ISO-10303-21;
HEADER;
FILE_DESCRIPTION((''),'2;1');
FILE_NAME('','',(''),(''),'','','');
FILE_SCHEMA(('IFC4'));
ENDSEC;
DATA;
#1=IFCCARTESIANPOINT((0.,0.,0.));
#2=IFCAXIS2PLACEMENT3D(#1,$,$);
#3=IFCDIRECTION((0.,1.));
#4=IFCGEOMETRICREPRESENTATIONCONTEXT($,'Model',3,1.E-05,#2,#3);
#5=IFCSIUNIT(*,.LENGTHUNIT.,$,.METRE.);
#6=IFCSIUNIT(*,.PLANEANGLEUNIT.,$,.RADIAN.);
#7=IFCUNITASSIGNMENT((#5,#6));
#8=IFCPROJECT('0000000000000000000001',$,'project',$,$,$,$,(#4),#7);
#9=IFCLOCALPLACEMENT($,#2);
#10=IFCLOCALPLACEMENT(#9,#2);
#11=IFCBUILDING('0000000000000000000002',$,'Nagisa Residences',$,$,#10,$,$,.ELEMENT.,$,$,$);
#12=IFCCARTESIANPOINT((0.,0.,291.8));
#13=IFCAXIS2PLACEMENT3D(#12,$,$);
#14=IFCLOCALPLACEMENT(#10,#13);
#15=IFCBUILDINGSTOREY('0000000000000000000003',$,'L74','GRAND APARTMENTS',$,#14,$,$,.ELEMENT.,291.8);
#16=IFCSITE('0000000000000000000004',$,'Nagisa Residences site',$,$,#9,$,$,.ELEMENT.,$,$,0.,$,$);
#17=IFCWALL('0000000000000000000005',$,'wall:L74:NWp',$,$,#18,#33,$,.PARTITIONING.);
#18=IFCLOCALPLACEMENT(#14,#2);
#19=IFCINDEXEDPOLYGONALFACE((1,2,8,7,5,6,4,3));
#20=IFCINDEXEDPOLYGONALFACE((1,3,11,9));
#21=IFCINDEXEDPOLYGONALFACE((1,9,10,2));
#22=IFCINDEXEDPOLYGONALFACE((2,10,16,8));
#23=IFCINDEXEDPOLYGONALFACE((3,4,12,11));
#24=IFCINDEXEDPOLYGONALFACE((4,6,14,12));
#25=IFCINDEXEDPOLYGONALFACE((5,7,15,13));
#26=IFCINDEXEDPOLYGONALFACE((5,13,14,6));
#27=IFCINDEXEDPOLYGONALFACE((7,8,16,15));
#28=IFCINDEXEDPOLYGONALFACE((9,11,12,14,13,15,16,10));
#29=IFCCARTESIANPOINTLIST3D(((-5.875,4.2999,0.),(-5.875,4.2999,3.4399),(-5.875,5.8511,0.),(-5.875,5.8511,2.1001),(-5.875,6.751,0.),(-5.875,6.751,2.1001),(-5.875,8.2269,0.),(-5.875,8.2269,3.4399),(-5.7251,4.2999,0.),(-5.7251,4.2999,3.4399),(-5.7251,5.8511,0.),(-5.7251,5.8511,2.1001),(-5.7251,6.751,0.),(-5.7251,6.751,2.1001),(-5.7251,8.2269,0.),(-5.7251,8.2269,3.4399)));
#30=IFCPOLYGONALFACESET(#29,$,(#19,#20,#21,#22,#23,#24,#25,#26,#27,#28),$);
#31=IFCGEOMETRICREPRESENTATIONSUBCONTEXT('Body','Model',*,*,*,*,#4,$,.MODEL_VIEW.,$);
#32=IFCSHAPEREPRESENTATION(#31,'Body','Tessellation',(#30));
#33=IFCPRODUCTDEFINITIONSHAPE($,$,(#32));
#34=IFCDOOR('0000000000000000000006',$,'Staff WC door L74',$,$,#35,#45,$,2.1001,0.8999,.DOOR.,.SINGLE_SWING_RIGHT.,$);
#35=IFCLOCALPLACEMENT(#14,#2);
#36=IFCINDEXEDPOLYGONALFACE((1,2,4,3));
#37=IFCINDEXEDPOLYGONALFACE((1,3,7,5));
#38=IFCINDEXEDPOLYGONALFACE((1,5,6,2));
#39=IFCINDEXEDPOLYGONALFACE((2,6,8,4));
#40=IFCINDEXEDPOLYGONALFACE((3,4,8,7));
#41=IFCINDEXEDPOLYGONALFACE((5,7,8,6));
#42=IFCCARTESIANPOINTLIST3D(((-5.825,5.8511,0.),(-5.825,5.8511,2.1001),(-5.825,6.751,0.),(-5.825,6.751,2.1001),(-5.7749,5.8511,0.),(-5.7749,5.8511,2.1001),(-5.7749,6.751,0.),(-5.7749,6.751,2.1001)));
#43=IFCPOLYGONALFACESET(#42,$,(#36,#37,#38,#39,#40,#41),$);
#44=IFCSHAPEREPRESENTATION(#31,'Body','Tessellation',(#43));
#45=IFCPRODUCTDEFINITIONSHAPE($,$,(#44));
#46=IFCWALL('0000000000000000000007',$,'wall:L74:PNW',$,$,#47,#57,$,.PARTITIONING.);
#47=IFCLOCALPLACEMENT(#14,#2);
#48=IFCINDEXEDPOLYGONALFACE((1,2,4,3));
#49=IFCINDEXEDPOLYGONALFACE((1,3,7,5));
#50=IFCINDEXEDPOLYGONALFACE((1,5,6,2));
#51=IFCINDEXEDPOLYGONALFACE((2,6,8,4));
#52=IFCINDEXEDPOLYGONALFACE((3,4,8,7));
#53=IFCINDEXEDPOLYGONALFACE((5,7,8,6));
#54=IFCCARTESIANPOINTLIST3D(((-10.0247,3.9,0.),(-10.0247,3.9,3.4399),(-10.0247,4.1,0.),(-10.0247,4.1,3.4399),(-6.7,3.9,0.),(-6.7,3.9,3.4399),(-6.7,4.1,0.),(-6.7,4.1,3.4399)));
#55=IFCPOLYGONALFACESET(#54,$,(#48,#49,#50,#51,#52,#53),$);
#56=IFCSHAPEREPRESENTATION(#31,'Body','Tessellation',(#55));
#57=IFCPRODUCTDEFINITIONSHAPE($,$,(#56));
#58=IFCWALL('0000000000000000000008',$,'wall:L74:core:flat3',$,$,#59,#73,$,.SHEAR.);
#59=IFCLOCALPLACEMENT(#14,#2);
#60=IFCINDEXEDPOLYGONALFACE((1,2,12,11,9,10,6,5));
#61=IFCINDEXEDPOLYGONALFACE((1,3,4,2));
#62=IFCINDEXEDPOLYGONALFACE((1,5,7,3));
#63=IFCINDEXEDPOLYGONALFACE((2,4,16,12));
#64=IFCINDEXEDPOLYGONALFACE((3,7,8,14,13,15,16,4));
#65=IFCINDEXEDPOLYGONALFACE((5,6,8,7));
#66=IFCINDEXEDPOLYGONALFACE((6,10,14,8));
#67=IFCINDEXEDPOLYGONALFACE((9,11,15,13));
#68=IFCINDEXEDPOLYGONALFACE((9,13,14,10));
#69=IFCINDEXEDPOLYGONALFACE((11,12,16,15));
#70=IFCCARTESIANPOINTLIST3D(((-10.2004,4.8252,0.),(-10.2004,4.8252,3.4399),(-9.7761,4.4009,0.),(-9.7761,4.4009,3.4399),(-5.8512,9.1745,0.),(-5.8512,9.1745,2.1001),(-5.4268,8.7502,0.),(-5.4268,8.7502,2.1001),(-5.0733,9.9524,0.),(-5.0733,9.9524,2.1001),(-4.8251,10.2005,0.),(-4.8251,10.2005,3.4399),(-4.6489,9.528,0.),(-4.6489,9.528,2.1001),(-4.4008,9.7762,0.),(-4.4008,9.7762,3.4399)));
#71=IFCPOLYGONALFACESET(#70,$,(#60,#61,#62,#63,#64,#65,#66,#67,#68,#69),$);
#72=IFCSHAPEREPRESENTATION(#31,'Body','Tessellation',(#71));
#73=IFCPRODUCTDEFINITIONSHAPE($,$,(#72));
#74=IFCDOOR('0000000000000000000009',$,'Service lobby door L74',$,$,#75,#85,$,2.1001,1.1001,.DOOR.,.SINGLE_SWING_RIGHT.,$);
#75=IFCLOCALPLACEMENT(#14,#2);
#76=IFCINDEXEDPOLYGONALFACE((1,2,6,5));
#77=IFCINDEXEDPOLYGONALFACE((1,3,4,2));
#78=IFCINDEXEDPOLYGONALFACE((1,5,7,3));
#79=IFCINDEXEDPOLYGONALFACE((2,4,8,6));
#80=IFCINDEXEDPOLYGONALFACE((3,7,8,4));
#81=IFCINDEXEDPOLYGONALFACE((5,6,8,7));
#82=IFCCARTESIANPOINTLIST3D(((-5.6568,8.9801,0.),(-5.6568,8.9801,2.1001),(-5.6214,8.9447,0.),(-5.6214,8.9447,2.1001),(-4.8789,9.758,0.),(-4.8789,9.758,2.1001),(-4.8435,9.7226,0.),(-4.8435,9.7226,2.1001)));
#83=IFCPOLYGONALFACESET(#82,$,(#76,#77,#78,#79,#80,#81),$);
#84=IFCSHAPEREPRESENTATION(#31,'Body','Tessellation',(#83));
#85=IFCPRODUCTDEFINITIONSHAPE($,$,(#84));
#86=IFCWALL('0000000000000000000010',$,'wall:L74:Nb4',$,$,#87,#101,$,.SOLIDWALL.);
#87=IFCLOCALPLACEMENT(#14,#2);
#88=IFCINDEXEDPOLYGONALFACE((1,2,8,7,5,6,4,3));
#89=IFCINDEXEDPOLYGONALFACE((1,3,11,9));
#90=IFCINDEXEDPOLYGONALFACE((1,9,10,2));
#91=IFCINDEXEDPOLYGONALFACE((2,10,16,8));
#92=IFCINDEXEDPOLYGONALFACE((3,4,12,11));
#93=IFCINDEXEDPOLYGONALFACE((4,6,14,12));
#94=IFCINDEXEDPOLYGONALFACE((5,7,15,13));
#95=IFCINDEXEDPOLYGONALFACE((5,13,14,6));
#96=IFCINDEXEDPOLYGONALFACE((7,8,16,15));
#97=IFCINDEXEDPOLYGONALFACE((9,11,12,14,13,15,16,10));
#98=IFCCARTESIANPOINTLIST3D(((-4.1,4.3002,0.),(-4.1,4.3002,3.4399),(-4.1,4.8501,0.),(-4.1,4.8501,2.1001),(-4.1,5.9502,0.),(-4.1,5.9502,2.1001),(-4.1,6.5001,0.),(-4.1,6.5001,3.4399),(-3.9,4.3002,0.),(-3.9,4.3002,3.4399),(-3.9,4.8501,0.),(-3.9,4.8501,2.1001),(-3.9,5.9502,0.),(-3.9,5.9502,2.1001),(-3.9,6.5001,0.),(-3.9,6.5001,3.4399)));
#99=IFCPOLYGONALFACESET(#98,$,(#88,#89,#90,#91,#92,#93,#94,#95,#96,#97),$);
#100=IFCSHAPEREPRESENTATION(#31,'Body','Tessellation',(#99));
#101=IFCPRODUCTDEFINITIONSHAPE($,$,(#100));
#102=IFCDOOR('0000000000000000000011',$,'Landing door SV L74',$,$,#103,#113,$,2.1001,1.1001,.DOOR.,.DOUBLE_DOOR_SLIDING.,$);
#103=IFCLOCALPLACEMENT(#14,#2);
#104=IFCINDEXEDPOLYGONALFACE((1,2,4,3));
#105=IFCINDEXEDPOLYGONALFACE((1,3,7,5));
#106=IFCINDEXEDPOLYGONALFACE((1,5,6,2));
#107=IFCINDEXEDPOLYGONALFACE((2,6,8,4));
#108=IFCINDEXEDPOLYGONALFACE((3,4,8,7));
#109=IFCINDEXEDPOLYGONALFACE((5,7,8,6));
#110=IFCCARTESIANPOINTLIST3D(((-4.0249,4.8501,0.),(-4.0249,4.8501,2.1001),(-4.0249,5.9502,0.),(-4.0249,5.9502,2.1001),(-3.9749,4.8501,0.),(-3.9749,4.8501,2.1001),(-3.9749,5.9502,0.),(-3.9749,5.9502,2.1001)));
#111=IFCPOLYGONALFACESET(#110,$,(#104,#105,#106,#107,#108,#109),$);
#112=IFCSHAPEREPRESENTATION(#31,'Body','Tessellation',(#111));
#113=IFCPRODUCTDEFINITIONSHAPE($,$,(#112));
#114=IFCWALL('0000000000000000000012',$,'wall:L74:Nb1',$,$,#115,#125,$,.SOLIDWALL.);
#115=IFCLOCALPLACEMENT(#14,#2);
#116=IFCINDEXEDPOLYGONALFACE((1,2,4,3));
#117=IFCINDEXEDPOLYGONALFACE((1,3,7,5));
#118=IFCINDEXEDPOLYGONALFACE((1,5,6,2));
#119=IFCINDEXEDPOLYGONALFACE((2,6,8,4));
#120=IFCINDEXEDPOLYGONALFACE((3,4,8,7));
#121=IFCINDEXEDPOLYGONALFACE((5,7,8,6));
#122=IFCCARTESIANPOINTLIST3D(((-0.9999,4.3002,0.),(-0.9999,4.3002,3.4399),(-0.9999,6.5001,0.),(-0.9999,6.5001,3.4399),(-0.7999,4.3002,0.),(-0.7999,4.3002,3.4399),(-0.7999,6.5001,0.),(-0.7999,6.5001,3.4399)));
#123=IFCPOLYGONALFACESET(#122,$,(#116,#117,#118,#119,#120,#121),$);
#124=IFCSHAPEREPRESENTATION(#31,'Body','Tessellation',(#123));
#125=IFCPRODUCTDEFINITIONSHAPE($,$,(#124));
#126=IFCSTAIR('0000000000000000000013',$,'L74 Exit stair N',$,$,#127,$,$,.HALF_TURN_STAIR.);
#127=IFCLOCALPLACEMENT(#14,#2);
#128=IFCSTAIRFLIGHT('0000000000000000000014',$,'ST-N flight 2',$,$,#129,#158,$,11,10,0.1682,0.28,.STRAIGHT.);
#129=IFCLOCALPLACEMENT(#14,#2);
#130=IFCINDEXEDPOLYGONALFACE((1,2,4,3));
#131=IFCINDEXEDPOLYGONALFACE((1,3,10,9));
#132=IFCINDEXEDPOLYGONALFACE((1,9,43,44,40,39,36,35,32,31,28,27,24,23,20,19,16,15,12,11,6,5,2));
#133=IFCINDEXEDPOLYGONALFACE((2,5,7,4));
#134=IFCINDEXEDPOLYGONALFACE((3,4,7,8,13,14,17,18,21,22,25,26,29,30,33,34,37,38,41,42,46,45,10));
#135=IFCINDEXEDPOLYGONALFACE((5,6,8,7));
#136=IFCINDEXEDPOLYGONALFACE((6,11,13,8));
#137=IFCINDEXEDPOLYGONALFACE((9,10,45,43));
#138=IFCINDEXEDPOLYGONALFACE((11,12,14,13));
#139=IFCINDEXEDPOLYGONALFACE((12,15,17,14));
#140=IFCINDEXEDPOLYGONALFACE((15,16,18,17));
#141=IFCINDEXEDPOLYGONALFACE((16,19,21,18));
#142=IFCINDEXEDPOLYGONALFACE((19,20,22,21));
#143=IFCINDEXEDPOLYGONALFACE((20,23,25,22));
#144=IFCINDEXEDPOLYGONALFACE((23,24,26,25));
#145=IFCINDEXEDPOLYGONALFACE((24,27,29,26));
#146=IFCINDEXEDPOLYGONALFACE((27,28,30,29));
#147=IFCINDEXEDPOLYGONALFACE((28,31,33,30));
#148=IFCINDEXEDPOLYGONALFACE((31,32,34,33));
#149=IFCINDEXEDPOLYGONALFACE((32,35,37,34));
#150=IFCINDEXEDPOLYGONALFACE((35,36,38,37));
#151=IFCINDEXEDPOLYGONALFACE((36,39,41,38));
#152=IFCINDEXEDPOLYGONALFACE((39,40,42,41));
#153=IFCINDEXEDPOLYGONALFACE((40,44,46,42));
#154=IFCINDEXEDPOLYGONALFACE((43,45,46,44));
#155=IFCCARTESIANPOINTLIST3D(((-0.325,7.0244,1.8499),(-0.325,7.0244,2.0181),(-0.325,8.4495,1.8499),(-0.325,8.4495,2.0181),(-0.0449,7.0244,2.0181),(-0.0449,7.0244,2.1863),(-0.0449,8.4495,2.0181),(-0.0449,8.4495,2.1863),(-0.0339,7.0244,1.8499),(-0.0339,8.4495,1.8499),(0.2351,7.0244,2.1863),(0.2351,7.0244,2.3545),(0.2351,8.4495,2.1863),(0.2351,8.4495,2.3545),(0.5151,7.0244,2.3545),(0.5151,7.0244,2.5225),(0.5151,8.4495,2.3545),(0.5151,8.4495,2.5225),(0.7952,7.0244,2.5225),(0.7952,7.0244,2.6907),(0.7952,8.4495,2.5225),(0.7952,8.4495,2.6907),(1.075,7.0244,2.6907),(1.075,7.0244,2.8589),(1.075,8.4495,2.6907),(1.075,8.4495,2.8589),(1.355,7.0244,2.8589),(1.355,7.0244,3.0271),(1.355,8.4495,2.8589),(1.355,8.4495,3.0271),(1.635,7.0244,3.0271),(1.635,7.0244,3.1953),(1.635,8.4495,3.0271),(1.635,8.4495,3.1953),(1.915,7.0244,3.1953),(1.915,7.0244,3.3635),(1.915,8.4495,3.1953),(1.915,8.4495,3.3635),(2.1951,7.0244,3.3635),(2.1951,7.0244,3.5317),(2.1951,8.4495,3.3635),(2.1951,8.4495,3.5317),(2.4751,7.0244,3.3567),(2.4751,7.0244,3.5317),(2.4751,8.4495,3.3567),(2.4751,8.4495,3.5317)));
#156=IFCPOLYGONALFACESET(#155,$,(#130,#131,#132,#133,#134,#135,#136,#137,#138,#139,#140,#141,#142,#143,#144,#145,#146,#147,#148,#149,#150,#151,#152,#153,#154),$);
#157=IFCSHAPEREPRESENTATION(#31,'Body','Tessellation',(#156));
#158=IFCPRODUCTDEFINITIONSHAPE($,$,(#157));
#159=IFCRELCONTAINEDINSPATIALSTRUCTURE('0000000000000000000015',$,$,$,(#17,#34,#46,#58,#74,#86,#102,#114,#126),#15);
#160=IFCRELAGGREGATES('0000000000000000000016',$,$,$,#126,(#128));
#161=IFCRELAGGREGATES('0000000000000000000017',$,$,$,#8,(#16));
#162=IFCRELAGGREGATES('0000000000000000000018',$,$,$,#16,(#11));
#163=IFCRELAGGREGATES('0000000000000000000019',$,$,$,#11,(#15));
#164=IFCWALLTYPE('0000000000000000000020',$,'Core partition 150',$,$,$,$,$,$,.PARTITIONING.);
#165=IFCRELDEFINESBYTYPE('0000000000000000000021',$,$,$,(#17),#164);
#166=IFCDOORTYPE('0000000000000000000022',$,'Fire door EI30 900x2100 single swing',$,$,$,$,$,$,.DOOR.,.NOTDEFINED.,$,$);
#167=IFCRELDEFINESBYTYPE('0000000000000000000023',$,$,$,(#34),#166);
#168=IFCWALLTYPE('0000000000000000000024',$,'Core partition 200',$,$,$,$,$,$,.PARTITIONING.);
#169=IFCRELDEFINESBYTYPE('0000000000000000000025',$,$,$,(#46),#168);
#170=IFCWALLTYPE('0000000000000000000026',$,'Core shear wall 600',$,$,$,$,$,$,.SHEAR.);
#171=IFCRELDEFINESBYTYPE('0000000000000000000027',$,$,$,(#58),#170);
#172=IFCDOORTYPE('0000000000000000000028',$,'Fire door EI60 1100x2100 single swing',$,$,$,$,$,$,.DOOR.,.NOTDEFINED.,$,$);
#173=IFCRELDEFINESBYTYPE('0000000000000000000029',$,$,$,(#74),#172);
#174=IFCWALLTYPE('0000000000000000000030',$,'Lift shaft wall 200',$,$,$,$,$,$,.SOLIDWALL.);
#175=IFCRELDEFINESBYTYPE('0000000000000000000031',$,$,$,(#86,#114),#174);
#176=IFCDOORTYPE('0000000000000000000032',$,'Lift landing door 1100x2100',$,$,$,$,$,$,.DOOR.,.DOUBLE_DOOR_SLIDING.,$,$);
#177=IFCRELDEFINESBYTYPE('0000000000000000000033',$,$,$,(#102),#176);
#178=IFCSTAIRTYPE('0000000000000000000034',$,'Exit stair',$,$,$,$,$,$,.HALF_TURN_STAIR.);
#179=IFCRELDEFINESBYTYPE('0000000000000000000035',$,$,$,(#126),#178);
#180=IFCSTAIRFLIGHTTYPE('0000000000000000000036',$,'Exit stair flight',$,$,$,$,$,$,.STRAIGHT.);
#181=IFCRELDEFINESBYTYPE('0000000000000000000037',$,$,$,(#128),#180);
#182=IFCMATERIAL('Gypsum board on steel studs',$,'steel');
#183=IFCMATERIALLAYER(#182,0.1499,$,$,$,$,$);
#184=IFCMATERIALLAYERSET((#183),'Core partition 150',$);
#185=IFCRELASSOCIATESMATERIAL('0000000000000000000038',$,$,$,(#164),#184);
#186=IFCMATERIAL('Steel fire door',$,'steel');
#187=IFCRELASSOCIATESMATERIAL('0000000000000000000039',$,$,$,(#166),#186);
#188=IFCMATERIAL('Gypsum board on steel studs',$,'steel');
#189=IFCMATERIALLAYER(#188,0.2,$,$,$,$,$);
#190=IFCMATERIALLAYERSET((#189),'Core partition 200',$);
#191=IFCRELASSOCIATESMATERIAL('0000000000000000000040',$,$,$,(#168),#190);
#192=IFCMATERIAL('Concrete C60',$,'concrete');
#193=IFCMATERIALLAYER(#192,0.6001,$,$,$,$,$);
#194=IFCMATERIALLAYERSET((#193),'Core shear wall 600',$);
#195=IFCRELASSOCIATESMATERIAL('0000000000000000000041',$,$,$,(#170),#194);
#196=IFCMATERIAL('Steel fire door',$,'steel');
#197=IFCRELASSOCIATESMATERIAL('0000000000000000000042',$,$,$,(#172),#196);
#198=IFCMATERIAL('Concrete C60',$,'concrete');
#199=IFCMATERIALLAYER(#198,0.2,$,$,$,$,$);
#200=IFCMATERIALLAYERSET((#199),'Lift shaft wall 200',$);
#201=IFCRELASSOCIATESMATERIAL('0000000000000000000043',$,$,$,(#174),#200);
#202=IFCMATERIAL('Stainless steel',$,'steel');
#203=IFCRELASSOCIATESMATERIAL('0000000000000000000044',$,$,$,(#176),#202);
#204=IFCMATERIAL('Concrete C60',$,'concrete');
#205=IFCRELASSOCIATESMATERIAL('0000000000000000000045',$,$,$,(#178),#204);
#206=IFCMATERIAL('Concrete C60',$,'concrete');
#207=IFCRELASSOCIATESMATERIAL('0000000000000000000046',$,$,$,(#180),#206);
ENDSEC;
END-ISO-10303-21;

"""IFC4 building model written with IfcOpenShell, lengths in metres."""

from ifc_helpers import new_model, si_unit, direction, frame, frame_2d, origin, place, context, subcontext, project, spatial, polyline, rectangle, outline, extrude, material, layer, layer_set, type_object, element, fill, aggregate, save


model = new_model("IFC4")

# Units and contexts
model_context = context("Model", 3, precision=1e-05, world=origin(), true_north=direction((0.0, 1.0)))
body_context = subcontext(model_context, "Body", "Model", "MODEL_VIEW")
ifc_project = project(units=[si_unit("LENGTHUNIT", "METRE"), si_unit("PLANEANGLEUNIT", "RADIAN")], contexts=[model_context])

# Site, building, storey
site_placement = place(None, origin())
site = spatial("IfcSite", under=ifc_project, at=site_placement, Name="Nagisa Residences site", CompositionType="ELEMENT", RefElevation=0.0)
building_placement = place(site_placement, origin())
building = spatial("IfcBuilding", under=site, at=building_placement, Name="Nagisa Residences", CompositionType="ELEMENT")
storey_placement = place(building_placement, frame((0.0, 0.0, 291.8)))
storey = spatial("IfcBuildingStorey", under=building, at=storey_placement, Name="L74", Description="GRAND APARTMENTS", CompositionType="ELEMENT", Elevation=291.8)

# Wall, opening, door
ifc_material_1 = material(Name="Gypsum board on steel studs", Category="steel")
ifc_layer_1 = layer(ifc_material_1, 0.1499)
ifc_layer_set_1 = layer_set([ifc_layer_1], Name="Core partition 150")
wall_type_1 = type_object("IfcWallType", Name="Core partition 150", PredefinedType="PARTITIONING", material=ifc_layer_set_1)
wall_1_placement = place(storey_placement, frame((-5.8, 4.3, 0.0), z_axis=(0.0, 0.0, 1.0), x_axis=(0.0, 1.0, 0.0)))
wall_1 = element("IfcWall", 1, at=wall_1_placement, inside=storey, type_object=wall_type_1, Name="wall:L74:NWp", PredefinedType="PARTITIONING", context=body_context, shape_type="SweptSolid", body=[
    extrude(rectangle(XDim=3.927, YDim=0.1499, at=frame_2d((1.9634, 0.0))), origin(), (0.0, 0.0, 1.0), 3.4399),
])
opening_1_placement = place(wall_1_placement, frame((1.551, 0.0, 0.0)))
opening_1 = element("IfcOpeningElement", 2, at=opening_1_placement, cuts=wall_1, PredefinedType="OPENING", context=body_context, shape_type="SweptSolid", body=[
    extrude(rectangle(XDim=0.8999, YDim=2.1001, at=frame_2d((0.45, 1.05))), frame((0.0, 0.085, 0.0), z_axis=(0.0, -1.0, 0.0), x_axis=(1.0, 0.0, 0.0)), (0.0, 0.0, 1.0), 0.1699),
])
ifc_material_2 = material(Name="Steel fire door", Category="steel")
door_type_1 = type_object("IfcDoorType", Name="Fire door EI30 900x2100 single swing", OperationType="NOTDEFINED", PredefinedType="DOOR", material=ifc_material_2)
door_1_placement = place(opening_1_placement, origin())
door_1 = element("IfcDoor", 3, at=door_1_placement, inside=storey, type_object=door_type_1, Name="Staff WC door L74", OperationType="SINGLE_SWING_RIGHT", OverallHeight=2.1001, OverallWidth=0.8999, PredefinedType="DOOR", context=body_context, shape_type="SweptSolid", body=[
    extrude(rectangle(XDim=0.8999, YDim=2.1001, at=frame_2d((0.45, 1.05))), frame((0.0, 0.0249, 0.0), z_axis=(0.0, -1.0, 0.0), x_axis=(1.0, 0.0, 0.0)), (0.0, 0.0, 1.0), 0.05),
])
fill(opening_1, door_1)

# Wall
ifc_material_3 = material(Name="Gypsum board on steel studs", Category="steel")
ifc_layer_2 = layer(ifc_material_3, 0.2)
ifc_layer_set_2 = layer_set([ifc_layer_2], Name="Core partition 200")
wall_type_2 = type_object("IfcWallType", Name="Core partition 200", PredefinedType="PARTITIONING", material=ifc_layer_set_2)
wall_2_placement = place(storey_placement, frame((-10.0247, 4.0, 0.0), z_axis=(0.0, 0.0, 1.0), x_axis=(1.0, 0.0, 0.0)))
element("IfcWall", 4, at=wall_2_placement, inside=storey, type_object=wall_type_2, Name="wall:L74:PNW", PredefinedType="PARTITIONING", context=body_context, shape_type="SweptSolid", body=[
    extrude(rectangle(XDim=3.3247, YDim=0.2, at=frame_2d((1.6624, 0.0))), origin(), (0.0, 0.0, 1.0), 3.4399),
])

# Walls, openings, doors
ifc_material_4 = material(Name="Concrete C60", Category="concrete")
ifc_layer_3 = layer(ifc_material_4, 0.6001)
ifc_layer_set_3 = layer_set([ifc_layer_3], Name="Core shear wall 600")
wall_type_3 = type_object("IfcWallType", Name="Core shear wall 600", PredefinedType="SHEAR", material=ifc_layer_set_3)
wall_3_placement = place(storey_placement, frame((-4.613, 9.9883, 0.0), z_axis=(0.0, 0.0, 1.0), x_axis=(-0.707107, -0.707107, 0.0)))
wall_3 = element("IfcWall", 5, at=wall_3_placement, inside=storey, type_object=wall_type_3, Name="wall:L74:core:flat3", PredefinedType="SHEAR", context=body_context, shape_type="SweptSolid", body=[
    extrude(rectangle(XDim=7.6018, YDim=0.6001, at=frame_2d((3.8008, 0.0))), origin(), (0.0, 0.0, 1.0), 3.4399),
])
opening_2_placement = place(wall_3_placement, frame((0.3508, 0.0, 0.0)))
opening_2 = element("IfcOpeningElement", 6, at=opening_2_placement, cuts=wall_3, PredefinedType="OPENING", context=body_context, shape_type="SweptSolid", body=[
    extrude(rectangle(XDim=1.1001, YDim=2.1001, at=frame_2d((0.55, 1.05))), frame((0.0, 0.3101, 0.0), z_axis=(0.0, -1.0, 0.0), x_axis=(1.0, 0.0, 0.0)), (0.0, 0.0, 1.0), 0.6201),
])
ifc_material_5 = material(Name="Steel fire door", Category="steel")
door_type_2 = type_object("IfcDoorType", Name="Fire door EI60 1100x2100 single swing", OperationType="NOTDEFINED", PredefinedType="DOOR", material=ifc_material_5)
door_2_placement = place(opening_2_placement, origin())
door_2 = element("IfcDoor", 7, at=door_2_placement, inside=storey, type_object=door_type_2, Name="Service lobby door L74", OperationType="SINGLE_SWING_RIGHT", OverallHeight=2.1001, OverallWidth=1.1001, PredefinedType="DOOR", context=body_context, shape_type="SweptSolid", body=[
    extrude(rectangle(XDim=1.1001, YDim=2.1001, at=frame_2d((0.55, 1.05))), frame((0.0, 0.0249, 0.0), z_axis=(0.0, -1.0, 0.0), x_axis=(1.0, 0.0, 0.0)), (0.0, 0.0, 1.0), 0.05),
])
fill(opening_2, door_2)
ifc_material_6 = material(Name="Concrete C60", Category="concrete")
ifc_layer_4 = layer(ifc_material_6, 0.2)
ifc_layer_set_4 = layer_set([ifc_layer_4], Name="Lift shaft wall 200")
wall_type_4 = type_object("IfcWallType", Name="Lift shaft wall 200", PredefinedType="SOLIDWALL", material=ifc_layer_set_4)
wall_4_placement = place(storey_placement, frame((-4.0, 4.3, 0.0), z_axis=(0.0, 0.0, 1.0), x_axis=(0.0, 1.0, 0.0)))
wall_4 = element("IfcWall", 8, at=wall_4_placement, inside=storey, type_object=wall_type_4, Name="wall:L74:Nb4", PredefinedType="SOLIDWALL", context=body_context, shape_type="SweptSolid", body=[
    extrude(rectangle(XDim=2.2, YDim=0.2, at=frame_2d((1.1001, 0.0))), origin(), (0.0, 0.0, 1.0), 3.4399),
])
opening_3_placement = place(wall_4_placement, frame((0.55, 0.0, 0.0)))
opening_3 = element("IfcOpeningElement", 9, at=opening_3_placement, cuts=wall_4, PredefinedType="OPENING", context=body_context, shape_type="SweptSolid", body=[
    extrude(rectangle(XDim=1.1001, YDim=2.1001, at=frame_2d((0.55, 1.05))), frame((0.0, 0.1099, 0.0), z_axis=(0.0, -1.0, 0.0), x_axis=(1.0, 0.0, 0.0)), (0.0, 0.0, 1.0), 0.22),
])
ifc_material_7 = material(Name="Stainless steel", Category="steel")
door_type_3 = type_object("IfcDoorType", Name="Lift landing door 1100x2100", OperationType="DOUBLE_DOOR_SLIDING", PredefinedType="DOOR", material=ifc_material_7)
door_3_placement = place(opening_3_placement, origin())
door_3 = element("IfcDoor", 10, at=door_3_placement, inside=storey, type_object=door_type_3, Name="Landing door SV L74", OperationType="DOUBLE_DOOR_SLIDING", OverallHeight=2.1001, OverallWidth=1.1001, PredefinedType="DOOR", context=body_context, shape_type="SweptSolid", body=[
    extrude(rectangle(XDim=1.1001, YDim=2.1001, at=frame_2d((0.55, 1.05))), frame((0.0, 0.0249, 0.0), z_axis=(0.0, -1.0, 0.0), x_axis=(1.0, 0.0, 0.0)), (0.0, 0.0, 1.0), 0.05),
])
fill(opening_3, door_3)

# Wall
wall_5_placement = place(storey_placement, frame((-0.8999, 4.3, 0.0), z_axis=(0.0, 0.0, 1.0), x_axis=(0.0, 1.0, 0.0)))
element("IfcWall", 11, at=wall_5_placement, inside=storey, type_object=wall_type_4, Name="wall:L74:Nb1", PredefinedType="SOLIDWALL", context=body_context, shape_type="SweptSolid", body=[
    extrude(rectangle(XDim=2.2, YDim=0.2, at=frame_2d((1.1001, 0.0))), origin(), (0.0, 0.0, 1.0), 3.4399),
])

# Stair, stair flight
ifc_material_8 = material(Name="Concrete C60", Category="concrete")
stair_type = type_object("IfcStairType", Name="Exit stair", PredefinedType="HALF_TURN_STAIR", material=ifc_material_8)
stair_placement = place(storey_placement, origin())
stair = element("IfcStair", 12, at=stair_placement, inside=storey, type_object=stair_type, Name="L74 Exit stair N", PredefinedType="HALF_TURN_STAIR")
ifc_material_9 = material(Name="Concrete C60", Category="concrete")
stair_flight_type = type_object("IfcStairFlightType", Name="Exit stair flight", PredefinedType="STRAIGHT", material=ifc_material_9)
stair_flight_placement = place(storey_placement, frame((-0.325, 7.7371, 1.8499), z_axis=(0.0, 0.0, 1.0), x_axis=(1.0, 0.0, 0.0)))
stair_flight = element("IfcStairFlight", 13, at=stair_flight_placement, type_object=stair_flight_type, Name="ST-N flight 2", NumberOfRisers=11, NumberOfTreads=10, PredefinedType="STRAIGHT", RiserHeight=0.1682, TreadLength=0.28, context=body_context, shape_type="SweptSolid", body=[
    extrude(outline(polyline([(0.0, 0.0), (0.0, 0.1682), (0.28, 0.1682), (0.28, 0.3364), (0.5601, 0.3364), (0.5601, 0.5046), (0.8401, 0.5046), (0.8401, 0.6726), (1.1201, 0.6726), (1.1201, 0.8408), (1.3999, 0.8408), (1.3999, 1.009), (1.6799, 1.009), (1.6799, 1.1772), (1.96, 1.1772), (1.96, 1.3455), (2.24, 1.3455), (2.24, 1.5137), (2.52, 1.5137), (2.52, 1.6819), (2.8, 1.6819), (2.8, 1.8501), (2.8, 1.5068), (0.291, 0.0), (0.0, 0.0)])), frame((0.0, 0.7124, 0.0), z_axis=(0.0, -1.0, 0.0), x_axis=(1.0, 0.0, 0.0)), (0.0, 0.0, 1.0), 1.425),
])
aggregate(stair, [stair_flight])

save(model, "model.ifc")
